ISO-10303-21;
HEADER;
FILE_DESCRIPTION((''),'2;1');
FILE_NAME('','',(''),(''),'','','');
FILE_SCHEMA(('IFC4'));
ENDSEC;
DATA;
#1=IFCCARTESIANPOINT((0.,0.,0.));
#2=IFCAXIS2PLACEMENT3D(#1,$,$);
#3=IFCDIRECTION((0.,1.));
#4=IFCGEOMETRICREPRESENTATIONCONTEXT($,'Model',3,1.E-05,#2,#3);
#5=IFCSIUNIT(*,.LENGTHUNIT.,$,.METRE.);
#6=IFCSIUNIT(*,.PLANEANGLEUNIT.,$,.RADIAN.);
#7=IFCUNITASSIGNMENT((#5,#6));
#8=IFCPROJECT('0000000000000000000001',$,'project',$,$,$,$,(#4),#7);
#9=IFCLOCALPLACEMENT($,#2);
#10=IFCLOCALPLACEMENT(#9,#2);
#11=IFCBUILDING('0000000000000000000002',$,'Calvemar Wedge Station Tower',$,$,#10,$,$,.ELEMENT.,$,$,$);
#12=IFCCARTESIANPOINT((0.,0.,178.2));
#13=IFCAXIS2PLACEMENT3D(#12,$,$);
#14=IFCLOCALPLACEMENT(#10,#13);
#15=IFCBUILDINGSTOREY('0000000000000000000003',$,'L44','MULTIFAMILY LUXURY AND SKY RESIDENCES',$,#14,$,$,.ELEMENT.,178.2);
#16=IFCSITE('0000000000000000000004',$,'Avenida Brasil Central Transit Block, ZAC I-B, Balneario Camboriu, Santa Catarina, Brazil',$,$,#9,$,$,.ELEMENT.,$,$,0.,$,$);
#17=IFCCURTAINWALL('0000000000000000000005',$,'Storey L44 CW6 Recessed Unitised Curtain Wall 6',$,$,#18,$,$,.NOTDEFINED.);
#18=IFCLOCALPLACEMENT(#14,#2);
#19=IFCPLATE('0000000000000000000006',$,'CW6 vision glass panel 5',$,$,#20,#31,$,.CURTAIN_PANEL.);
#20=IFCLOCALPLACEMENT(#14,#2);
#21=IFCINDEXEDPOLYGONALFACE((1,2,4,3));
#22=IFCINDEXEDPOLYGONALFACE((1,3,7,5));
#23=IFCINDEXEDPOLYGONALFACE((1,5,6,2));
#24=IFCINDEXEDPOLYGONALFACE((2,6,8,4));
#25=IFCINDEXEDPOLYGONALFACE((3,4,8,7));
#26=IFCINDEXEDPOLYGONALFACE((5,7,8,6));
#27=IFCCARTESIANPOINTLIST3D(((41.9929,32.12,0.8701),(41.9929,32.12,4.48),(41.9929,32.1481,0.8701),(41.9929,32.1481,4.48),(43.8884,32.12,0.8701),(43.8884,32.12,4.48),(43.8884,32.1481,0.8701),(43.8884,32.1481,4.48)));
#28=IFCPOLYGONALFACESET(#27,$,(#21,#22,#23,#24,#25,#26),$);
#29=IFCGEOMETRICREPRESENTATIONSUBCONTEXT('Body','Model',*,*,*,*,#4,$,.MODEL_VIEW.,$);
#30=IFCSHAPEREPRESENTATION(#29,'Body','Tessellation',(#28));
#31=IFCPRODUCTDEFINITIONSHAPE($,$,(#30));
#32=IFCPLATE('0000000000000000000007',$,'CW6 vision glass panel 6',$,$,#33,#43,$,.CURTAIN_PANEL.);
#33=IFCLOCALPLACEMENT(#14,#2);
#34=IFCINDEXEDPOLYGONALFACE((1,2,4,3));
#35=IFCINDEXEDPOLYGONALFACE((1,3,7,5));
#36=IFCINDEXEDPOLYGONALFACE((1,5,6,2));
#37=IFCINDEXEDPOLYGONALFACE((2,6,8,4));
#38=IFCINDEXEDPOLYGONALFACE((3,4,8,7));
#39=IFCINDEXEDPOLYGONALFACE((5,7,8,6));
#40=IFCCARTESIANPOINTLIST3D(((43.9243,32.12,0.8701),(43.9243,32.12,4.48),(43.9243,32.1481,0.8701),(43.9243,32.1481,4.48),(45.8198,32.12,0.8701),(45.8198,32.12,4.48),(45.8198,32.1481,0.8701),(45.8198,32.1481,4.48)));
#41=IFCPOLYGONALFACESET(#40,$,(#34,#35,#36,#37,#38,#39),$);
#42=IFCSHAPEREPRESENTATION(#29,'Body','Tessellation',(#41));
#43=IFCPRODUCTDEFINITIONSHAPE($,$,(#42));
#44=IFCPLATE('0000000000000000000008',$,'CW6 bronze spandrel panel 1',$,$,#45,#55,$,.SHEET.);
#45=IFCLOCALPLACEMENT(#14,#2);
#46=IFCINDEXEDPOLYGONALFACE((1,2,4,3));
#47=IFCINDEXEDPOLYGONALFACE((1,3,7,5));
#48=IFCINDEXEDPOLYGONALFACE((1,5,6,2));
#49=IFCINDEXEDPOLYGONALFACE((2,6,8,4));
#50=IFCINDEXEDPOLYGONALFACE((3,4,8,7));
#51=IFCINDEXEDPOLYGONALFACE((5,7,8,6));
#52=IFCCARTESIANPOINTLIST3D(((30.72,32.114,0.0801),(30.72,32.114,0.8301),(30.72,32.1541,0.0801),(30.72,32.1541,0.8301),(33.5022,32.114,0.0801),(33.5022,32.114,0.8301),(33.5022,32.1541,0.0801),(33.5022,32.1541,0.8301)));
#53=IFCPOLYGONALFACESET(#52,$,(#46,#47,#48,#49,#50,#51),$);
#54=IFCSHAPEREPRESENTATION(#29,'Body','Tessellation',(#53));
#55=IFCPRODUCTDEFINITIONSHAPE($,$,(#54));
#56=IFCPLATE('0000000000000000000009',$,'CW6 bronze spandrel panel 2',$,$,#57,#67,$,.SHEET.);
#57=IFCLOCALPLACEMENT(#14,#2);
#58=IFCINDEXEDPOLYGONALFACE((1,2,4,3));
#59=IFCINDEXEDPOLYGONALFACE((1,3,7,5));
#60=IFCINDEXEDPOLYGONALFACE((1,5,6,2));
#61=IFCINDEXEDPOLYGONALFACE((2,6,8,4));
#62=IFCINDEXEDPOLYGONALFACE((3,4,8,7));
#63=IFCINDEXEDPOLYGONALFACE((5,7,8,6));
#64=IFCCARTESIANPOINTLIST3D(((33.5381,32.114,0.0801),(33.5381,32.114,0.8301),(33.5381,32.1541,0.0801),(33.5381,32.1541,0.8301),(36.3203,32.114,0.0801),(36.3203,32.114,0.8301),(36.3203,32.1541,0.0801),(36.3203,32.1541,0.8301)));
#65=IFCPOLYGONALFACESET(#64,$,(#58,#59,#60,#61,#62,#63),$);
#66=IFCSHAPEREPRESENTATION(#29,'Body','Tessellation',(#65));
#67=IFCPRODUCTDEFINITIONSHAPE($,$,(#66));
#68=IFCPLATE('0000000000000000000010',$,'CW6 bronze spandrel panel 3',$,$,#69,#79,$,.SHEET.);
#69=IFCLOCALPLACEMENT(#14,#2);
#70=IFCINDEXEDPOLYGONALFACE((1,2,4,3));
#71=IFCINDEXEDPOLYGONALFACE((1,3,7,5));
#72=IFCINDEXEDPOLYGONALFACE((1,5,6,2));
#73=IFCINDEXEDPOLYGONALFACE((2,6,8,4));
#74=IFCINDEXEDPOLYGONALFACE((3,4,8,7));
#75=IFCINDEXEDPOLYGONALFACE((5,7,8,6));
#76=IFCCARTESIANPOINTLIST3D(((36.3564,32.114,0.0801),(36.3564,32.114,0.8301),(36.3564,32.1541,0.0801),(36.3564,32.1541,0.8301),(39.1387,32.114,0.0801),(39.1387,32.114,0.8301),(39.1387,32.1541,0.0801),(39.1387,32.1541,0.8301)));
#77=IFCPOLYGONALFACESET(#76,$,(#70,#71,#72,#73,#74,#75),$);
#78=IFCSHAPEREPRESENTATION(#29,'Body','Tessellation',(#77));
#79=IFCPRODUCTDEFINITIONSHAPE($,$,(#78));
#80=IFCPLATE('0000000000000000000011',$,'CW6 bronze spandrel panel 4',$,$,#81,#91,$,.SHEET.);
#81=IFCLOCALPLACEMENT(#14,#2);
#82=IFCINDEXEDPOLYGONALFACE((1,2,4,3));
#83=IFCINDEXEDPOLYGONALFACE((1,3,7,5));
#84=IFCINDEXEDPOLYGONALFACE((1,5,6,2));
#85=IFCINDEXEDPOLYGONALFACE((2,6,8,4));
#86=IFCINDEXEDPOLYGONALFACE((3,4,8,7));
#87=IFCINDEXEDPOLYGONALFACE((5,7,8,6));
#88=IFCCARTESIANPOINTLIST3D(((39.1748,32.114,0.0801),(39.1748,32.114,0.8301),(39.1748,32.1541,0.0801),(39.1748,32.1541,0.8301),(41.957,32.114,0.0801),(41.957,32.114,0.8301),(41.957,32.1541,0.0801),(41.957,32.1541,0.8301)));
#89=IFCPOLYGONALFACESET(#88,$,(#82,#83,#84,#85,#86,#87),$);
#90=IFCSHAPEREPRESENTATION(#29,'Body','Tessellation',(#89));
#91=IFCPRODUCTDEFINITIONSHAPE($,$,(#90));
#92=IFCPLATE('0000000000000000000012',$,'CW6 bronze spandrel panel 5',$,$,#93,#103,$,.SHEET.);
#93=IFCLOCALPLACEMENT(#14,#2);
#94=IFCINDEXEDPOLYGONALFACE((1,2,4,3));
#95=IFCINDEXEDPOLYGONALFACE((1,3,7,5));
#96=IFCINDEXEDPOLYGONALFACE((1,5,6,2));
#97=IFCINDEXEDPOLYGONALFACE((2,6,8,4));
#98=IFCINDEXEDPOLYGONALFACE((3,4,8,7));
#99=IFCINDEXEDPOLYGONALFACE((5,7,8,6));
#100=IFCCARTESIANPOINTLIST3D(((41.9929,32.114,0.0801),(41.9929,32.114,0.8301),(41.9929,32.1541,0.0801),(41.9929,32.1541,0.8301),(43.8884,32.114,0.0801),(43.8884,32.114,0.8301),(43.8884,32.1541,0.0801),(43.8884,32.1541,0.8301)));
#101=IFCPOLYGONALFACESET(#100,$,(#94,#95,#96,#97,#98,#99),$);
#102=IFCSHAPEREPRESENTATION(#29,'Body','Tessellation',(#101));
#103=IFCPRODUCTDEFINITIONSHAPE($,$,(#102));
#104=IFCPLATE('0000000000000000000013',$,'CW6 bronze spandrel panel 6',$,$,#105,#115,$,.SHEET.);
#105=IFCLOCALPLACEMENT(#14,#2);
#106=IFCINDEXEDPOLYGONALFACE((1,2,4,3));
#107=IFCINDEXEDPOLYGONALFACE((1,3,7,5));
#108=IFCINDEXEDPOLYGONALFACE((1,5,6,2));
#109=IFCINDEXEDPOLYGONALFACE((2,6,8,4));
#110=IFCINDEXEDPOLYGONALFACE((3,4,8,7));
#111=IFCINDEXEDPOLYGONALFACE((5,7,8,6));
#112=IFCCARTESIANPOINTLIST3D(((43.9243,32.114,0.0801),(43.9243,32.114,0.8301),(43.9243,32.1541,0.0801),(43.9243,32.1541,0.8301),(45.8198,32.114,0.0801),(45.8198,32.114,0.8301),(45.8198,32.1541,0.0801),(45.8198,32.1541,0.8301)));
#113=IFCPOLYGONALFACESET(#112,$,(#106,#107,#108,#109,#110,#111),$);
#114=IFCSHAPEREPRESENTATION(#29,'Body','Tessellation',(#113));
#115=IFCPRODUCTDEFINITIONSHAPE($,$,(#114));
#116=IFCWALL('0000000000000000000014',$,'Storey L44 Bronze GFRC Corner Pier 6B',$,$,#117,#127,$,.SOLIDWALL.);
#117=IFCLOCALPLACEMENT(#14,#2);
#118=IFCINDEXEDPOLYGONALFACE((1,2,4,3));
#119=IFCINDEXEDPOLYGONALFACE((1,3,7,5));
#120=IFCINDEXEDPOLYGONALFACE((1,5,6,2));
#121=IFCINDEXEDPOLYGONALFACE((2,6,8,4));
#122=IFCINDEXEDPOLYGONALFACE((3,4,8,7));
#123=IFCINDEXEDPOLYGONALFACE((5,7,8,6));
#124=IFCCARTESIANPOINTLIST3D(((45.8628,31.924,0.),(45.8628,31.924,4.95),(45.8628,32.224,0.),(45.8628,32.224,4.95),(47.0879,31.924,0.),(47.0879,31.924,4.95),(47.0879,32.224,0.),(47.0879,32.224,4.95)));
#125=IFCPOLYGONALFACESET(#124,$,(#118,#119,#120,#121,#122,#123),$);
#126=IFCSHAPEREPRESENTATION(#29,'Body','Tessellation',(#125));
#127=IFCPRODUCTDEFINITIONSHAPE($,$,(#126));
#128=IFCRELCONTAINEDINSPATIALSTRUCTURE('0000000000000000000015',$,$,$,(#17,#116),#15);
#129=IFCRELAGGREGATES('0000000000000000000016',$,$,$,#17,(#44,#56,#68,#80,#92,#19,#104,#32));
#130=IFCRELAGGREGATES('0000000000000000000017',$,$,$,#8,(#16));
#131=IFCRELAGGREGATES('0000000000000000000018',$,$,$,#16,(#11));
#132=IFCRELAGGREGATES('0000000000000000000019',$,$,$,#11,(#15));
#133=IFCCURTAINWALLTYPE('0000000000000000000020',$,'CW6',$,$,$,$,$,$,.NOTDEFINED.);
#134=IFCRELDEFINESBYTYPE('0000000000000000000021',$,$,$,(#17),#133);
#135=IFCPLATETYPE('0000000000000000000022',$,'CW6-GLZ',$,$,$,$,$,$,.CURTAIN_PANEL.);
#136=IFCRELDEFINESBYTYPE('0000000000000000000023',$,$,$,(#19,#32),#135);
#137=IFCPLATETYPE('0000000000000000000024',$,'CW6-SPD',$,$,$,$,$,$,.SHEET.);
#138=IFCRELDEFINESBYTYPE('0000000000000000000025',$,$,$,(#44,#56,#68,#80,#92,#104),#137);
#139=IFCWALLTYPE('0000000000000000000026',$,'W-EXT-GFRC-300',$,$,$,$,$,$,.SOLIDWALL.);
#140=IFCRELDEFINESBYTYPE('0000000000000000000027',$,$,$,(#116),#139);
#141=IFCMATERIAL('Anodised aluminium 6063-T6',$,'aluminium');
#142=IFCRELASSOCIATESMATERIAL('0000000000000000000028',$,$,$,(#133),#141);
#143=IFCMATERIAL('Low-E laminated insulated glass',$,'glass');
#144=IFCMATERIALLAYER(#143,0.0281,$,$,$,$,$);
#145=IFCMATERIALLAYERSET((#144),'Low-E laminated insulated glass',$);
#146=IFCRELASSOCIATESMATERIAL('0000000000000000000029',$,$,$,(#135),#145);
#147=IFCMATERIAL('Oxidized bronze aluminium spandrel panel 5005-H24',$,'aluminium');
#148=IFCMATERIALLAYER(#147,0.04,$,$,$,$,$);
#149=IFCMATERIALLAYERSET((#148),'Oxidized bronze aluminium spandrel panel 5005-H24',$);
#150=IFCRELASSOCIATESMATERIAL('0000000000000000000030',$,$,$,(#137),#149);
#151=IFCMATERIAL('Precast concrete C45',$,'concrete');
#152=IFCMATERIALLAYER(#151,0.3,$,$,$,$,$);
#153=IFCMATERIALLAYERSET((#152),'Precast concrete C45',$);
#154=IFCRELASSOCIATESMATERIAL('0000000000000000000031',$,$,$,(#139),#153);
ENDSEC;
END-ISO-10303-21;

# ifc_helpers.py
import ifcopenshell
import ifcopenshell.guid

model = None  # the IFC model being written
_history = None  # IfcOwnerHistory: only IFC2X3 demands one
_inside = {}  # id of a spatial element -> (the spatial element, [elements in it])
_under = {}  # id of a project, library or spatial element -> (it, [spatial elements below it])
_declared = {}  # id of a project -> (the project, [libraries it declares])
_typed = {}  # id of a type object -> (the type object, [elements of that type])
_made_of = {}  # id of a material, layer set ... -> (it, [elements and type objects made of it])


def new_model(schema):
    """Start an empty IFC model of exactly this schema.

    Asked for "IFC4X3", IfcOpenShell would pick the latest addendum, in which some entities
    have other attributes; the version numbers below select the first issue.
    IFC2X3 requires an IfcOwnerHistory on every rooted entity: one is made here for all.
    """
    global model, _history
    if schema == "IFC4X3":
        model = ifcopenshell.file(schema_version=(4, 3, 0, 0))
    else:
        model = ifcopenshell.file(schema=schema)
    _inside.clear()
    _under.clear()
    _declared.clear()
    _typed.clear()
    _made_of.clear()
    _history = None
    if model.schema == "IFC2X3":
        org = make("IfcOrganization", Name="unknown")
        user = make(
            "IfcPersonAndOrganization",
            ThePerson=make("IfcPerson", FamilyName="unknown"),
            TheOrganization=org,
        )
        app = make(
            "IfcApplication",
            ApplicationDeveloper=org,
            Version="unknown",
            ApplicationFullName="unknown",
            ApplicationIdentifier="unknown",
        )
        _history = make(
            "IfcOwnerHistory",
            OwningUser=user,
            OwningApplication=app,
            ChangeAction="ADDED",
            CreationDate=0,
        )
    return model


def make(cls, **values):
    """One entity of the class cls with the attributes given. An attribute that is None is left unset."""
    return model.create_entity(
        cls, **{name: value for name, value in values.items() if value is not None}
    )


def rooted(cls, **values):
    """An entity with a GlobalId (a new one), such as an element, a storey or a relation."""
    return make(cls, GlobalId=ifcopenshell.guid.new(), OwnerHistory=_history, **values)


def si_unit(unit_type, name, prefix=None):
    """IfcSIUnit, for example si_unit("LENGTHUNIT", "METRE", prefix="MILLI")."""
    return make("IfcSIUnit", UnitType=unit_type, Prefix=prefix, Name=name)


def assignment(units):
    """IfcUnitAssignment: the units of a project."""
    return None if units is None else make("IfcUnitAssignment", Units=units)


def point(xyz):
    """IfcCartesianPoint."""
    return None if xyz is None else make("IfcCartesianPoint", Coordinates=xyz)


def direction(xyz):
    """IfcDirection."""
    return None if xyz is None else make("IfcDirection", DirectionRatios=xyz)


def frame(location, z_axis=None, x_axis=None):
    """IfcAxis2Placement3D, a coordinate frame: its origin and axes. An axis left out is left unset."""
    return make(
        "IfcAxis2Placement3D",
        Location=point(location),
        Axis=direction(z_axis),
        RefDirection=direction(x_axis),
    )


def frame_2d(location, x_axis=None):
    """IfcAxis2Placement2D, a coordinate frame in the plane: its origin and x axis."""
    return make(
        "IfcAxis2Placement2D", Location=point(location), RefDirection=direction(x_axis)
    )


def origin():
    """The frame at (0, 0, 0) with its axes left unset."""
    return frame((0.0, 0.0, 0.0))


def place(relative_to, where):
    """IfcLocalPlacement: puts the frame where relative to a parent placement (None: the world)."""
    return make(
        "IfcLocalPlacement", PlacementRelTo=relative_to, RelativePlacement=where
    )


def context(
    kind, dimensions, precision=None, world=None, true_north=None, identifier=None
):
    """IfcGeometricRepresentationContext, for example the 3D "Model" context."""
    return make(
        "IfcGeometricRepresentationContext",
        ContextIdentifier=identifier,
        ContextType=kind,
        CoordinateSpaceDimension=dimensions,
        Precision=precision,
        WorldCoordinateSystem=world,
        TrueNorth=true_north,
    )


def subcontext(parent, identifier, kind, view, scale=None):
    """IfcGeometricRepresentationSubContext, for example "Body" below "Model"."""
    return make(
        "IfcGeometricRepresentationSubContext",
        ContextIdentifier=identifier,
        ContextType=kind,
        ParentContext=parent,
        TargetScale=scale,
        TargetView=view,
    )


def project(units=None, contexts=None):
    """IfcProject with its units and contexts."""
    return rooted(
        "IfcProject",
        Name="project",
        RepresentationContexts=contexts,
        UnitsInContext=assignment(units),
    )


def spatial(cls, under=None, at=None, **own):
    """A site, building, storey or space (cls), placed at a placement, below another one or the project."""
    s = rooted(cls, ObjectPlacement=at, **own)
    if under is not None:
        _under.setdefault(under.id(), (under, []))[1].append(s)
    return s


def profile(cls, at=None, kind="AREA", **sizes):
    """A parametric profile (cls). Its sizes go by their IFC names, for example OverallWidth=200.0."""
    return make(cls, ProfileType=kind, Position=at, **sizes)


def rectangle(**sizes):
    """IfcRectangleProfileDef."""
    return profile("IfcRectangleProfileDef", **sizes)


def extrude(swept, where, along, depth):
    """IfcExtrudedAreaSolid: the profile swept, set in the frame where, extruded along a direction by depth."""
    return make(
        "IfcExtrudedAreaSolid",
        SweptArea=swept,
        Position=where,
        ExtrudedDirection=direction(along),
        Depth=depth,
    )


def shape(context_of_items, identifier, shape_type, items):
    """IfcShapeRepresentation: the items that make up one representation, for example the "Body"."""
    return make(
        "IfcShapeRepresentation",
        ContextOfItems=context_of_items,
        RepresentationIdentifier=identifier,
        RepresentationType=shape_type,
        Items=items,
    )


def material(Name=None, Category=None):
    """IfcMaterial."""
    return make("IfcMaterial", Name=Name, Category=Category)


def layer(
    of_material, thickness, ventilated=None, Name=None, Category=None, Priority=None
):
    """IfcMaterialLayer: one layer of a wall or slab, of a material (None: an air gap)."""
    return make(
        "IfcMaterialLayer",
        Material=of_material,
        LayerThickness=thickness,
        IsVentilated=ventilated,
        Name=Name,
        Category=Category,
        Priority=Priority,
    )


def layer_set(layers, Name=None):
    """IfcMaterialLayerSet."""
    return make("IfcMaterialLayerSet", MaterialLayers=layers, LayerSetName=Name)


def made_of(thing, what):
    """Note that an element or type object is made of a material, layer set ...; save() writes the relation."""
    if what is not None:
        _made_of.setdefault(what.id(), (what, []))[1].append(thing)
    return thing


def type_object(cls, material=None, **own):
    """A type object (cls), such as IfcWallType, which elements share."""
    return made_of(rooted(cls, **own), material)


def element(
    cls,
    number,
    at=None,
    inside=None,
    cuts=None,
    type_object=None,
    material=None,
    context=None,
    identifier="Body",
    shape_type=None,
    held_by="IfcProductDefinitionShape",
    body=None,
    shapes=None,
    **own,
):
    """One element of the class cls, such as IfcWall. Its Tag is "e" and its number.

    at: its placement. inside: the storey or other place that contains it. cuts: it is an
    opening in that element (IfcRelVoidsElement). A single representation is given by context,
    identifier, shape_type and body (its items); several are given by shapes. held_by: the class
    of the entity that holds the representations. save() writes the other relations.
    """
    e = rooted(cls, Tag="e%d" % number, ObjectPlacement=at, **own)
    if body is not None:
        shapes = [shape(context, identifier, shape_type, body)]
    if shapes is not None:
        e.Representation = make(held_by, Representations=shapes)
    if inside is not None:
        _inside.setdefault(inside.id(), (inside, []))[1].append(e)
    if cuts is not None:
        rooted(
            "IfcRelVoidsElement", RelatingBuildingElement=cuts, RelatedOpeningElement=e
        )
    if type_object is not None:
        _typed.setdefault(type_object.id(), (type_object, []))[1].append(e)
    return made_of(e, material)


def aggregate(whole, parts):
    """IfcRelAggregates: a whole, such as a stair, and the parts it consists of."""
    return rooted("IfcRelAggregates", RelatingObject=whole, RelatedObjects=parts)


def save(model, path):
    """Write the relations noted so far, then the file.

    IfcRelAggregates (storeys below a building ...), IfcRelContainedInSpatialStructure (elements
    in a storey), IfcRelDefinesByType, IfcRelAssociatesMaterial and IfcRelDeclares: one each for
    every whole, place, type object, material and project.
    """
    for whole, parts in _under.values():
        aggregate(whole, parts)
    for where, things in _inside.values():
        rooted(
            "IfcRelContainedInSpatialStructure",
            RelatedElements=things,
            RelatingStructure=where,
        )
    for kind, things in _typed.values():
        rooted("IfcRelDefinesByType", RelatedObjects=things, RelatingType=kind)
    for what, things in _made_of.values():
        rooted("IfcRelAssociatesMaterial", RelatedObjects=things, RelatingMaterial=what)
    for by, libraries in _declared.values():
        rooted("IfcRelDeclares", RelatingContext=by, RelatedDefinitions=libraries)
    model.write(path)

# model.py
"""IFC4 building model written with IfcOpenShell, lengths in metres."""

from ifc_helpers import new_model, si_unit, direction, frame, frame_2d, origin, place, context, subcontext, project, spatial, rectangle, extrude, material, layer, layer_set, type_object, element, aggregate, save


model = new_model("IFC4")

# Units and contexts
model_context = context("Model", 3, precision=1e-05, world=origin(), true_north=direction((0.0, 1.0)))
body_context = subcontext(model_context, "Body", "Model", "MODEL_VIEW")
ifc_project = project(units=[si_unit("LENGTHUNIT", "METRE"), si_unit("PLANEANGLEUNIT", "RADIAN")], contexts=[model_context])

# Site, building, storey
site_placement = place(None, origin())
site = spatial("IfcSite", under=ifc_project, at=site_placement, Name="Avenida Brasil Central Transit Block, ZAC I-B, Balneario Camboriu, Santa Catarina, Brazil", CompositionType="ELEMENT", RefElevation=0.0)
building_placement = place(site_placement, origin())
building = spatial("IfcBuilding", under=site, at=building_placement, Name="Calvemar Wedge Station Tower", CompositionType="ELEMENT")
storey_placement = place(building_placement, frame((0.0, 0.0, 178.2)))
storey = spatial("IfcBuildingStorey", under=building, at=storey_placement, Name="L44", Description="MULTIFAMILY LUXURY AND SKY RESIDENCES", CompositionType="ELEMENT", Elevation=178.2)

# Curtain wall, plates
ifc_material_1 = material(Name="Anodised aluminium 6063-T6", Category="aluminium")
curtain_wall_type = type_object("IfcCurtainWallType", Name="CW6", PredefinedType="NOTDEFINED", material=ifc_material_1)
curtain_wall_placement = place(storey_placement, origin())
curtain_wall = element("IfcCurtainWall", 1, at=curtain_wall_placement, inside=storey, type_object=curtain_wall_type, Name="Storey L44 CW6 Recessed Unitised Curtain Wall 6", PredefinedType="NOTDEFINED")
ifc_material_2 = material(Name="Low-E laminated insulated glass", Category="glass")
ifc_layer_1 = layer(ifc_material_2, 0.0281)
ifc_layer_set_1 = layer_set([ifc_layer_1], Name="Low-E laminated insulated glass")
plate_type_1 = type_object("IfcPlateType", Name="CW6-GLZ", PredefinedType="CURTAIN_PANEL", material=ifc_layer_set_1)
plate_1_placement = place(storey_placement, frame((41.9929, 32.134, 0.8701), z_axis=(0.0, 0.0, 1.0), x_axis=(1.0, 0.0, 0.0)))
plate_1 = element("IfcPlate", 2, at=plate_1_placement, type_object=plate_type_1, Name="CW6 vision glass panel 5", PredefinedType="CURTAIN_PANEL", context=body_context, shape_type="SweptSolid", body=[
    extrude(rectangle(XDim=1.8955, YDim=0.0281, at=frame_2d((0.9478, 0.0))), origin(), (0.0, 0.0, 1.0), 3.6099),
])
plate_2_placement = place(storey_placement, frame((43.9243, 32.134, 0.8701), z_axis=(0.0, 0.0, 1.0), x_axis=(1.0, 0.0, 0.0)))
plate_2 = element("IfcPlate", 3, at=plate_2_placement, type_object=plate_type_1, Name="CW6 vision glass panel 6", PredefinedType="CURTAIN_PANEL", context=body_context, shape_type="SweptSolid", body=[
    extrude(rectangle(XDim=1.8955, YDim=0.0281, at=frame_2d((0.9478, 0.0))), origin(), (0.0, 0.0, 1.0), 3.6099),
])
ifc_material_3 = material(Name="Oxidized bronze aluminium spandrel panel 5005-H24", Category="aluminium")
ifc_layer_2 = layer(ifc_material_3, 0.04)
ifc_layer_set_2 = layer_set([ifc_layer_2], Name="Oxidized bronze aluminium spandrel panel 5005-H24")
plate_type_2 = type_object("IfcPlateType", Name="CW6-SPD", PredefinedType="SHEET", material=ifc_layer_set_2)
plate_3_placement = place(storey_placement, frame((30.72, 32.134, 0.0801), z_axis=(0.0, 0.0, 1.0), x_axis=(1.0, 0.0, 0.0)))
plate_3 = element("IfcPlate", 4, at=plate_3_placement, type_object=plate_type_2, Name="CW6 bronze spandrel panel 1", PredefinedType="SHEET", context=body_context, shape_type="SweptSolid", body=[
    extrude(rectangle(XDim=2.7822, YDim=0.04, at=frame_2d((1.3911, 0.0))), origin(), (0.0, 0.0, 1.0), 0.75),
])
plate_4_placement = place(storey_placement, frame((33.5381, 32.134, 0.0801), z_axis=(0.0, 0.0, 1.0), x_axis=(1.0, 0.0, 0.0)))
plate_4 = element("IfcPlate", 5, at=plate_4_placement, type_object=plate_type_2, Name="CW6 bronze spandrel panel 2", PredefinedType="SHEET", context=body_context, shape_type="SweptSolid", body=[
    extrude(rectangle(XDim=2.7822, YDim=0.04, at=frame_2d((1.3911, 0.0))), origin(), (0.0, 0.0, 1.0), 0.75),
])
plate_5_placement = place(storey_placement, frame((36.3564, 32.134, 0.0801), z_axis=(0.0, 0.0, 1.0), x_axis=(1.0, 0.0, 0.0)))
plate_5 = element("IfcPlate", 6, at=plate_5_placement, type_object=plate_type_2, Name="CW6 bronze spandrel panel 3", PredefinedType="SHEET", context=body_context, shape_type="SweptSolid", body=[
    extrude(rectangle(XDim=2.7822, YDim=0.04, at=frame_2d((1.3911, 0.0))), origin(), (0.0, 0.0, 1.0), 0.75),
])
plate_6_placement = place(storey_placement, frame((39.1748, 32.134, 0.0801), z_axis=(0.0, 0.0, 1.0), x_axis=(1.0, 0.0, 0.0)))
plate_6 = element("IfcPlate", 7, at=plate_6_placement, type_object=plate_type_2, Name="CW6 bronze spandrel panel 4", PredefinedType="SHEET", context=body_context, shape_type="SweptSolid", body=[
    extrude(rectangle(XDim=2.7822, YDim=0.04, at=frame_2d((1.3911, 0.0))), origin(), (0.0, 0.0, 1.0), 0.75),
])
plate_7_placement = place(storey_placement, frame((41.9929, 32.134, 0.0801), z_axis=(0.0, 0.0, 1.0), x_axis=(1.0, 0.0, 0.0)))
plate_7 = element("IfcPlate", 8, at=plate_7_placement, type_object=plate_type_2, Name="CW6 bronze spandrel panel 5", PredefinedType="SHEET", context=body_context, shape_type="SweptSolid", body=[
    extrude(rectangle(XDim=1.8955, YDim=0.04, at=frame_2d((0.9478, 0.0))), origin(), (0.0, 0.0, 1.0), 0.75),
])
plate_8_placement = place(storey_placement, frame((43.9243, 32.134, 0.0801), z_axis=(0.0, 0.0, 1.0), x_axis=(1.0, 0.0, 0.0)))
plate_8 = element("IfcPlate", 9, at=plate_8_placement, type_object=plate_type_2, Name="CW6 bronze spandrel panel 6", PredefinedType="SHEET", context=body_context, shape_type="SweptSolid", body=[
    extrude(rectangle(XDim=1.8955, YDim=0.04, at=frame_2d((0.9478, 0.0))), origin(), (0.0, 0.0, 1.0), 0.75),
])
aggregate(curtain_wall, [plate_3, plate_4, plate_5, plate_6, plate_7, plate_1, plate_8, plate_2])

# Wall
ifc_material_4 = material(Name="Precast concrete C45", Category="concrete")
ifc_layer_3 = layer(ifc_material_4, 0.3)
ifc_layer_set_3 = layer_set([ifc_layer_3], Name="Precast concrete C45")
wall_type = type_object("IfcWallType", Name="W-EXT-GFRC-300", PredefinedType="SOLIDWALL", material=ifc_layer_set_3)
wall_placement = place(storey_placement, frame((45.8628, 32.074, 0.0), z_axis=(0.0, 0.0, 1.0), x_axis=(1.0, 0.0, 0.0)))
element("IfcWall", 10, at=wall_placement, inside=storey, type_object=wall_type, Name="Storey L44 Bronze GFRC Corner Pier 6B", PredefinedType="SOLIDWALL", context=body_context, shape_type="SweptSolid", body=[
    extrude(rectangle(XDim=1.2251, YDim=0.3, at=frame_2d((0.6125, 0.0))), origin(), (0.0, 0.0, 1.0), 4.95),
])

save(model, "model.ifc")
